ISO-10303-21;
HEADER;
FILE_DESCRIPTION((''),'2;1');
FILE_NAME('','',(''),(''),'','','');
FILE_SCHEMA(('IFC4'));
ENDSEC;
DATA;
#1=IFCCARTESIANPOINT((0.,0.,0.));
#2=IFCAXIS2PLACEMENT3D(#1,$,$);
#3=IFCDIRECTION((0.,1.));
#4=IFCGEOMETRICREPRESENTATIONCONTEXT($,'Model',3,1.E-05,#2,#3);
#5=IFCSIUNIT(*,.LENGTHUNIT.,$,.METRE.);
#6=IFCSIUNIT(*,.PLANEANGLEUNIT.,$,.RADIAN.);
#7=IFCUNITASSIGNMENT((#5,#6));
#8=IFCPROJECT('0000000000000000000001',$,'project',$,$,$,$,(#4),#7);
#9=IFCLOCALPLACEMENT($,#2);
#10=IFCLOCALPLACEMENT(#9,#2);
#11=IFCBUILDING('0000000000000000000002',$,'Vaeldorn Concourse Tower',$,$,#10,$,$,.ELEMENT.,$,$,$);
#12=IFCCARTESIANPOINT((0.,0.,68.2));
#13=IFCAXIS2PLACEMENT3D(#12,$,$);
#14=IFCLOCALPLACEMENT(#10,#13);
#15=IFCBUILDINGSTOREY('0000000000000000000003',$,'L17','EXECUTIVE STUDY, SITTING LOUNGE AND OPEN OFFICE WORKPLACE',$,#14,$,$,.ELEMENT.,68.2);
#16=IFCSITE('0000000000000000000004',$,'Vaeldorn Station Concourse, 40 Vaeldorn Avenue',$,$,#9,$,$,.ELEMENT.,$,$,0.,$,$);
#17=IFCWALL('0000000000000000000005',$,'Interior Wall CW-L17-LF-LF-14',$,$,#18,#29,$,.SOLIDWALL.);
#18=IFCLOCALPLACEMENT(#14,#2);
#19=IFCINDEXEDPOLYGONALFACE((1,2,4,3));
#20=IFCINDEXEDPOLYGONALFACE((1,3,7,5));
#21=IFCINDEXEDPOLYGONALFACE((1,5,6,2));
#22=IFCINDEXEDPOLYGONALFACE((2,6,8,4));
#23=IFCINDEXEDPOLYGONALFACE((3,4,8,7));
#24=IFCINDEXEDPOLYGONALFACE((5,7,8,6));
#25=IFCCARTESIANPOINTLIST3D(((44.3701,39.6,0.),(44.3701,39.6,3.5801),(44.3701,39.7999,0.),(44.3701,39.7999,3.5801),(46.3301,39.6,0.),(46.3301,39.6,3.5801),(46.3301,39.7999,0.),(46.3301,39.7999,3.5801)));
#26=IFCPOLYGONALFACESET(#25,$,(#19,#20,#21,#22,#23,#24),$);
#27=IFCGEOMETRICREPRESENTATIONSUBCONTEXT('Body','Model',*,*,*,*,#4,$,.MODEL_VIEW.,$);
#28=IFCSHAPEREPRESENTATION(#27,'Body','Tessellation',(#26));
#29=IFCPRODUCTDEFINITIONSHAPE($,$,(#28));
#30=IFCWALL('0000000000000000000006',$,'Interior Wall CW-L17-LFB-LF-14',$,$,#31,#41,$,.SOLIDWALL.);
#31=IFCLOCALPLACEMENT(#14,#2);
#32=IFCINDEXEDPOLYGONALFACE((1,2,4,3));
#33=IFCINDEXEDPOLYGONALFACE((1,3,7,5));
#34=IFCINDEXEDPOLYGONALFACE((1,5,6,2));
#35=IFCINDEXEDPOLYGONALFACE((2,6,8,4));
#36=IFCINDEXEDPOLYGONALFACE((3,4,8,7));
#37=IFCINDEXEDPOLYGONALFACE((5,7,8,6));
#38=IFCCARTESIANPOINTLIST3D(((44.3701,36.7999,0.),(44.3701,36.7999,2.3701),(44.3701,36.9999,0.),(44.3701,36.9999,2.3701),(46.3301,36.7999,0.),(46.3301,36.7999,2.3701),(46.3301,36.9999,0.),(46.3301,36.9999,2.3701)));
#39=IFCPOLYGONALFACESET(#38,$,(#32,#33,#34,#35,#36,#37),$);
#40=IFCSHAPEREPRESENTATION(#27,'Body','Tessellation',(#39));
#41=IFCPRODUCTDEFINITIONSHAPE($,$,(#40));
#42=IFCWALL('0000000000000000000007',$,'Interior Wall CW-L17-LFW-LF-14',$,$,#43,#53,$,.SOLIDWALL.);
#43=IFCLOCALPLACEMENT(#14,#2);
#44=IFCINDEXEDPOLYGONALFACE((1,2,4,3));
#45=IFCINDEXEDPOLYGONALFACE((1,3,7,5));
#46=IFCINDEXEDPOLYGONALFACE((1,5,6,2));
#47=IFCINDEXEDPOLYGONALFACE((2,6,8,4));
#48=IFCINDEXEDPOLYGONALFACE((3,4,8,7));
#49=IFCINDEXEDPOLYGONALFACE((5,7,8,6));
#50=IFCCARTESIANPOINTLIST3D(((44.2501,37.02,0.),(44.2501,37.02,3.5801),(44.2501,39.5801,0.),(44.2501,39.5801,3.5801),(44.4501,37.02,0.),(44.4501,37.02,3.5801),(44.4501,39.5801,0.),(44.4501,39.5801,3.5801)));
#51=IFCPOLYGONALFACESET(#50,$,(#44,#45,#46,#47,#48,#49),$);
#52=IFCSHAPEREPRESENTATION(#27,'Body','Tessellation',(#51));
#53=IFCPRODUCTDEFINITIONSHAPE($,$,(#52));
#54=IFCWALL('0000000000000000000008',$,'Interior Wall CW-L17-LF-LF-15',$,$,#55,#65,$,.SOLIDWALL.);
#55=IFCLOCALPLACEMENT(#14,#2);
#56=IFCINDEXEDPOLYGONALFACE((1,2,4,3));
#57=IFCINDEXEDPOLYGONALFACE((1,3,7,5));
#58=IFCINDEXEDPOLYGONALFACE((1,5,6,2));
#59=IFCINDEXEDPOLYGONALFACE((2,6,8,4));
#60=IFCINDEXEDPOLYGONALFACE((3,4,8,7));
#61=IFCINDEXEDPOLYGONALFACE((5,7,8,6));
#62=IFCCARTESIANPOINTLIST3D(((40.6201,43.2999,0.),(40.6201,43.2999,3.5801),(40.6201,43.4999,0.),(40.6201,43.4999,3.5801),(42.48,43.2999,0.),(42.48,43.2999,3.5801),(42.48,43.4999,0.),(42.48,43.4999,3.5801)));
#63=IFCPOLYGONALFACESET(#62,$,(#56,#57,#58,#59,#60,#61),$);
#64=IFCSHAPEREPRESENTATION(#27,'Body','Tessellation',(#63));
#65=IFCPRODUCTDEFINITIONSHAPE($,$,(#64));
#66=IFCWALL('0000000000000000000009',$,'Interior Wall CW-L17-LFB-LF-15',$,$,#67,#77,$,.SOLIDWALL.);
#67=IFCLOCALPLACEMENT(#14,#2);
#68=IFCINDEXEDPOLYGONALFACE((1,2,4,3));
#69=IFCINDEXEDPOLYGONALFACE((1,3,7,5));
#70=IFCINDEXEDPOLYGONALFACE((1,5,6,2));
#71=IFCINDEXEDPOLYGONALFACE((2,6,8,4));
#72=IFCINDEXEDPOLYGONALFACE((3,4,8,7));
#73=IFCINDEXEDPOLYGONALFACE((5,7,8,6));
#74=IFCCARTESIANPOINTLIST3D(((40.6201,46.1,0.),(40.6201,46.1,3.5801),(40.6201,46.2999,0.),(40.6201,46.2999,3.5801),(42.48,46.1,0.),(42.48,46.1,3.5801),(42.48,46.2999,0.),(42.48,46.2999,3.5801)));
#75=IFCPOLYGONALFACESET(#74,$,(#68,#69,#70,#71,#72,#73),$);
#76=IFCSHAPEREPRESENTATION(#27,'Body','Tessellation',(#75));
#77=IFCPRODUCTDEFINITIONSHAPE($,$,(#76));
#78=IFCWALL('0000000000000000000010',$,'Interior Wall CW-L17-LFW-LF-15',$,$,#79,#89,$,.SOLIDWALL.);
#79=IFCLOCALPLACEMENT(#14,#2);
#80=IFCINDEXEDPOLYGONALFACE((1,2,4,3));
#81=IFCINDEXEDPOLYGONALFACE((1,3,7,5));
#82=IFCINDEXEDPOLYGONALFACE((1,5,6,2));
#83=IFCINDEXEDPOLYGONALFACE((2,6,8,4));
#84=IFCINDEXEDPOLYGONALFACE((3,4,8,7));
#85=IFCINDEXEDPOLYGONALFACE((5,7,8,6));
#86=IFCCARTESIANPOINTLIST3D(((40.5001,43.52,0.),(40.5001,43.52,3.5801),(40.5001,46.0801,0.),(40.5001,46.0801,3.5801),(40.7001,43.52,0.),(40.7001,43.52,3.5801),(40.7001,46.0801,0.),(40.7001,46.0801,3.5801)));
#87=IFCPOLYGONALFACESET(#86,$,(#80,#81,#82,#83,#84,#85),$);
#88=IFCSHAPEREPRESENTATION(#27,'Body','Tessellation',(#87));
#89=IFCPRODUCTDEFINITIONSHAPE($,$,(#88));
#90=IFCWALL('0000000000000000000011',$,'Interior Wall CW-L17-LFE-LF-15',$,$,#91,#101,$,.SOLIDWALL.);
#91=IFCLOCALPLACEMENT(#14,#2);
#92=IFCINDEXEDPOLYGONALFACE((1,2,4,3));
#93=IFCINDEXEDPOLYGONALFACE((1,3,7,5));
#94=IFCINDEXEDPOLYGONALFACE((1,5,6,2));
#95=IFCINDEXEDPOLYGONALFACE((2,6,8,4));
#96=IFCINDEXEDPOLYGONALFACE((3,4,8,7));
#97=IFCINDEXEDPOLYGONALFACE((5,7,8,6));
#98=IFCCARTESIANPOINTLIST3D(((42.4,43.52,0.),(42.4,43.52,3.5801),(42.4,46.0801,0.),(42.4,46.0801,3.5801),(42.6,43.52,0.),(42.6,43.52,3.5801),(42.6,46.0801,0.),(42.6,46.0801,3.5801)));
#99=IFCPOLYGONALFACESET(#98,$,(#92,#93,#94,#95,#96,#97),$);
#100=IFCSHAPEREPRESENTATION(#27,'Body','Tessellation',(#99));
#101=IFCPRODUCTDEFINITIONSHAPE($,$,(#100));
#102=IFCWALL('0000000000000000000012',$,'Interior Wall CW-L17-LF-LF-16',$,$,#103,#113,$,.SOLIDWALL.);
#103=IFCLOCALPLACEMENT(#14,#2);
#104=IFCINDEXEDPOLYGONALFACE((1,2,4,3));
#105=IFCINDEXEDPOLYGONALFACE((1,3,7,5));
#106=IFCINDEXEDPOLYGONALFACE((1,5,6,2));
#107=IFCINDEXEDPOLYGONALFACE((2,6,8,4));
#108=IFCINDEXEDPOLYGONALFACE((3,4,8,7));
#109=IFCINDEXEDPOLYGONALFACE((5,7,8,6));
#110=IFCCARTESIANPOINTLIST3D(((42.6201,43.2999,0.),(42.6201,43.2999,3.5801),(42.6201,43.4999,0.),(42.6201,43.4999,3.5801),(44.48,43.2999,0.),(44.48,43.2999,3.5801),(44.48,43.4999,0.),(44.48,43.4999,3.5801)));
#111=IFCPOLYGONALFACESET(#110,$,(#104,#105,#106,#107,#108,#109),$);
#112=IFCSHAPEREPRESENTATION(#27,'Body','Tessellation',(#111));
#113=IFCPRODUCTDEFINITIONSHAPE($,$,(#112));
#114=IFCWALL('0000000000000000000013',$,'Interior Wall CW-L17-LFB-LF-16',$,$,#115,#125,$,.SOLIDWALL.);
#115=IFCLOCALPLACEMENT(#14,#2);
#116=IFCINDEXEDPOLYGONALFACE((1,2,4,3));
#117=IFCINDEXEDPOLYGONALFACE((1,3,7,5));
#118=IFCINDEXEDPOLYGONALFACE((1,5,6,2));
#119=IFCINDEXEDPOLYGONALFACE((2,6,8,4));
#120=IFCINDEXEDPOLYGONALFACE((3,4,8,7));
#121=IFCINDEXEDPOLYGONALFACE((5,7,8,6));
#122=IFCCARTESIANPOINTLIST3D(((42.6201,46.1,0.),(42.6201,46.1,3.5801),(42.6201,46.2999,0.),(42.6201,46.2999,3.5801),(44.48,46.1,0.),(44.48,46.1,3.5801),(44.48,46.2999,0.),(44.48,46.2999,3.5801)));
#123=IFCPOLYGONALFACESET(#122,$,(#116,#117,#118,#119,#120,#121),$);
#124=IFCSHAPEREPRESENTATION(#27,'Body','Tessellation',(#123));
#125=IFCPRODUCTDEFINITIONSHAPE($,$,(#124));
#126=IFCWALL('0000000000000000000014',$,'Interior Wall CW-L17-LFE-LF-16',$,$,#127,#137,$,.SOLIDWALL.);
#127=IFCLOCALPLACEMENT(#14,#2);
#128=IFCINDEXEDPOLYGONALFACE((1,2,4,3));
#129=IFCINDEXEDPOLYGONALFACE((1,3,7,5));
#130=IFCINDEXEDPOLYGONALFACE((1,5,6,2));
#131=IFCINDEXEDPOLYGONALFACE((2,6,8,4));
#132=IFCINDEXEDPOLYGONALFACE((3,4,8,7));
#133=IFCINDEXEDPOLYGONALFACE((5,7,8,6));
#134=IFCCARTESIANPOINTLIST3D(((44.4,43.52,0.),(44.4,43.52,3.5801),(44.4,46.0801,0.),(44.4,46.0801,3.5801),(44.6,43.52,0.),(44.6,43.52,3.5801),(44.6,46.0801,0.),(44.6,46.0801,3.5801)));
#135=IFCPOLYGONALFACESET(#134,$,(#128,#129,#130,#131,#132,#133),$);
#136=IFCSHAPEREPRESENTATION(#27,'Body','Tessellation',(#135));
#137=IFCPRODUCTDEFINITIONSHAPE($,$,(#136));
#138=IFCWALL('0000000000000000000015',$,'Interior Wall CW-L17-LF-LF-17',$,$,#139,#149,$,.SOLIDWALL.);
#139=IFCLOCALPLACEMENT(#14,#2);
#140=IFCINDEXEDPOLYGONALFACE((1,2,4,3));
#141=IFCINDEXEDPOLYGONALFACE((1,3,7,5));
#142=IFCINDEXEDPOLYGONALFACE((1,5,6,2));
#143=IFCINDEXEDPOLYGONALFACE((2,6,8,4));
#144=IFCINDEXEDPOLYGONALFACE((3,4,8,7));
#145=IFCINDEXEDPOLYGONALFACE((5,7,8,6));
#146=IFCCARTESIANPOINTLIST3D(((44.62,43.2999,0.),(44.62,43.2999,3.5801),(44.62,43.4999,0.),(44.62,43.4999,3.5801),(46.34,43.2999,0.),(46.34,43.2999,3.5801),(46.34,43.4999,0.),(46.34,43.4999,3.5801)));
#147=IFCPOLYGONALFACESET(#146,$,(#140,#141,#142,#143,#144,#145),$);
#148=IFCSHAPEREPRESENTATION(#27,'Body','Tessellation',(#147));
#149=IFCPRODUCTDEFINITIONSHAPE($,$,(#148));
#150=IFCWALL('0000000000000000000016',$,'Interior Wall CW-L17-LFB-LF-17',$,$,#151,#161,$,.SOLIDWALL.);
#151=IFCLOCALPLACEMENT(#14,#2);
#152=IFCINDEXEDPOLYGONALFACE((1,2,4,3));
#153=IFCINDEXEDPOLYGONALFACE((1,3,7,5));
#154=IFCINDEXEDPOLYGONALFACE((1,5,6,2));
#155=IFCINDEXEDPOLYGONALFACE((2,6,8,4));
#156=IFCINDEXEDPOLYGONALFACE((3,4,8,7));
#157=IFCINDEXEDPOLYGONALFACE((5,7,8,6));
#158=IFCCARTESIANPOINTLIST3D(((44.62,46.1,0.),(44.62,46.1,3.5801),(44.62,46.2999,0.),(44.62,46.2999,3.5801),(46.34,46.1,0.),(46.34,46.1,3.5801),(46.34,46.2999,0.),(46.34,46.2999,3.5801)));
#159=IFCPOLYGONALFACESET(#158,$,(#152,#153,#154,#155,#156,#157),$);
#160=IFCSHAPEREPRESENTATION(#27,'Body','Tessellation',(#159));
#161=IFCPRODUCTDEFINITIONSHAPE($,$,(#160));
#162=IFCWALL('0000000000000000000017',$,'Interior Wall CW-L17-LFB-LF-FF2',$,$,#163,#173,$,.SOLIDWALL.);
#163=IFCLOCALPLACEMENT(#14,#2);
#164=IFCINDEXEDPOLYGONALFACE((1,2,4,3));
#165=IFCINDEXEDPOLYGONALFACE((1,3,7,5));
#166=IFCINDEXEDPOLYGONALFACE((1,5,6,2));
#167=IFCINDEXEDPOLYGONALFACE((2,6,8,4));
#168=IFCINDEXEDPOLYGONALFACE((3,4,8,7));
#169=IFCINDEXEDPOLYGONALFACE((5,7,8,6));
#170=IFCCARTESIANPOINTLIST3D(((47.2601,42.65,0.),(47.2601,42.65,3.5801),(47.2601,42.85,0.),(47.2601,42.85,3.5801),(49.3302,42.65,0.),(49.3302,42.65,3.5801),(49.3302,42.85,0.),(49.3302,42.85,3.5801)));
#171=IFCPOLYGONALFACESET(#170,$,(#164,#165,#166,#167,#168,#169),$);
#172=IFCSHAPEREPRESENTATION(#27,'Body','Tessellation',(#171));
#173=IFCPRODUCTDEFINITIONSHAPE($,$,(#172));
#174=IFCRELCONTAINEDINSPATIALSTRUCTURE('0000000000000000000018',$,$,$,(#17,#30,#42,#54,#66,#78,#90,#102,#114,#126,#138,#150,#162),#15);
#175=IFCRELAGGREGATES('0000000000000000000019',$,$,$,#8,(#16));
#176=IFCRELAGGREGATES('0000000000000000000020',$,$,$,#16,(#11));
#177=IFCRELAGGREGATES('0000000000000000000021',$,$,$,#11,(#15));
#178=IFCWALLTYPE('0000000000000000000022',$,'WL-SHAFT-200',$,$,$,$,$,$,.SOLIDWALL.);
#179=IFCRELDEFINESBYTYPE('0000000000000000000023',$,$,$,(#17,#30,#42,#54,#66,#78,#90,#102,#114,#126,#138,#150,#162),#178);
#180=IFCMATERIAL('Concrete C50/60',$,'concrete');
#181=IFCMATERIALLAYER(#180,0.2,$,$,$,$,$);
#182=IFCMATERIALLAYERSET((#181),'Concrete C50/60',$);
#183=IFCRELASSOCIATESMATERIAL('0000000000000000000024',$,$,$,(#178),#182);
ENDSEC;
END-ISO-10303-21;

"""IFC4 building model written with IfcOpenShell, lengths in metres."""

from ifc_helpers import new_model, si_unit, direction, frame, frame_2d, origin, place, context, subcontext, project, spatial, rectangle, extrude, material, layer, layer_set, type_object, element, save


model = new_model("IFC4")

# Units and contexts
model_context = context("Model", 3, precision=1e-05, world=origin(), true_north=direction((0.0, 1.0)))
body_context = subcontext(model_context, "Body", "Model", "MODEL_VIEW")
ifc_project = project(units=[si_unit("LENGTHUNIT", "METRE"), si_unit("PLANEANGLEUNIT", "RADIAN")], contexts=[model_context])

# Site, building, storey
site_placement = place(None, origin())
site = spatial("IfcSite", under=ifc_project, at=site_placement, Name="Vaeldorn Station Concourse, 40 Vaeldorn Avenue", CompositionType="ELEMENT", RefElevation=0.0)
building_placement = place(site_placement, origin())
building = spatial("IfcBuilding", under=site, at=building_placement, Name="Vaeldorn Concourse Tower", CompositionType="ELEMENT")
storey_placement = place(building_placement, frame((0.0, 0.0, 68.2)))
storey = spatial("IfcBuildingStorey", under=building, at=storey_placement, Name="L17", Description="EXECUTIVE STUDY, SITTING LOUNGE AND OPEN OFFICE WORKPLACE", CompositionType="ELEMENT", Elevation=68.2)

# Shared definitions
ifc_material_1 = material(Name="Concrete C50/60", Category="concrete")
ifc_layer_1 = layer(ifc_material_1, 0.2)
ifc_layer_set_1 = layer_set([ifc_layer_1], Name="Concrete C50/60")
wall_type_1 = type_object("IfcWallType", Name="WL-SHAFT-200", PredefinedType="SOLIDWALL", material=ifc_layer_set_1)

# Walls
wall_1_placement = place(storey_placement, frame((44.3701, 39.7, 0.0), z_axis=(0.0, 0.0, 1.0), x_axis=(1.0, 0.0, 0.0)))
element("IfcWall", 1, at=wall_1_placement, inside=storey, type_object=wall_type_1, Name="Interior Wall CW-L17-LF-LF-14", PredefinedType="SOLIDWALL", context=body_context, shape_type="SweptSolid", body=[
    extrude(rectangle(XDim=1.96, YDim=0.2, at=frame_2d((0.98, 0.0))), origin(), (0.0, 0.0, 1.0), 3.5801),
])
wall_2_placement = place(storey_placement, frame((44.3701, 36.8999, 0.0), z_axis=(0.0, 0.0, 1.0), x_axis=(1.0, 0.0, 0.0)))
element("IfcWall", 2, at=wall_2_placement, inside=storey, type_object=wall_type_1, Name="Interior Wall CW-L17-LFB-LF-14", PredefinedType="SOLIDWALL", context=body_context, shape_type="SweptSolid", body=[
    extrude(rectangle(XDim=1.96, YDim=0.2, at=frame_2d((0.98, 0.0))), origin(), (0.0, 0.0, 1.0), 2.3701),
])
wall_3_placement = place(storey_placement, frame((44.3501, 37.02, 0.0), z_axis=(0.0, 0.0, 1.0), x_axis=(0.0, 1.0, 0.0)))
element("IfcWall", 3, at=wall_3_placement, inside=storey, type_object=wall_type_1, Name="Interior Wall CW-L17-LFW-LF-14", PredefinedType="SOLIDWALL", context=body_context, shape_type="SweptSolid", body=[
    extrude(rectangle(XDim=2.5601, YDim=0.2, at=frame_2d((1.28, 0.0))), origin(), (0.0, 0.0, 1.0), 3.5801),
])
for number, where, z_axis, x_axis, name in (
    (4, (40.6201, 43.3999, 0.0), (0.0, 0.0, 1.0), (1.0, 0.0, 0.0), "Interior Wall CW-L17-LF-LF-15"),
    (5, (40.6201, 46.2, 0.0), (0.0, 0.0, 1.0), (1.0, 0.0, 0.0), "Interior Wall CW-L17-LFB-LF-15"),
):
    element("IfcWall", number, at=place(storey_placement, frame(where, z_axis=z_axis, x_axis=x_axis)), inside=storey, type_object=wall_type_1, Name=name, PredefinedType="SOLIDWALL", context=body_context, shape_type="SweptSolid", body=[
        extrude(rectangle(XDim=1.8599, YDim=0.2, at=frame_2d((0.9299, 0.0))), origin(), (0.0, 0.0, 1.0), 3.5801),
    ])
for number, where, z_axis, x_axis, name in (
    (6, (40.6001, 43.52, 0.0), (0.0, 0.0, 1.0), (0.0, 1.0, 0.0), "Interior Wall CW-L17-LFW-LF-15"),
    (7, (42.5, 43.52, 0.0), (0.0, 0.0, 1.0), (0.0, 1.0, 0.0), "Interior Wall CW-L17-LFE-LF-15"),
):
    element("IfcWall", number, at=place(storey_placement, frame(where, z_axis=z_axis, x_axis=x_axis)), inside=storey, type_object=wall_type_1, Name=name, PredefinedType="SOLIDWALL", context=body_context, shape_type="SweptSolid", body=[
        extrude(rectangle(XDim=2.5601, YDim=0.2, at=frame_2d((1.28, 0.0))), origin(), (0.0, 0.0, 1.0), 3.5801),
    ])
for number, where, z_axis, x_axis, name in (
    (8, (42.6201, 43.3999, 0.0), (0.0, 0.0, 1.0), (1.0, 0.0, 0.0), "Interior Wall CW-L17-LF-LF-16"),
    (9, (42.6201, 46.2, 0.0), (0.0, 0.0, 1.0), (1.0, 0.0, 0.0), "Interior Wall CW-L17-LFB-LF-16"),
):
    element("IfcWall", number, at=place(storey_placement, frame(where, z_axis=z_axis, x_axis=x_axis)), inside=storey, type_object=wall_type_1, Name=name, PredefinedType="SOLIDWALL", context=body_context, shape_type="SweptSolid", body=[
        extrude(rectangle(XDim=1.8599, YDim=0.2, at=frame_2d((0.9299, 0.0))), origin(), (0.0, 0.0, 1.0), 3.5801),
    ])
wall_4_placement = place(storey_placement, frame((44.5, 43.52, 0.0), z_axis=(0.0, 0.0, 1.0), x_axis=(0.0, 1.0, 0.0)))
element("IfcWall", 10, at=wall_4_placement, inside=storey, type_object=wall_type_1, Name="Interior Wall CW-L17-LFE-LF-16", PredefinedType="SOLIDWALL", context=body_context, shape_type="SweptSolid", body=[
    extrude(rectangle(XDim=2.5601, YDim=0.2, at=frame_2d((1.28, 0.0))), origin(), (0.0, 0.0, 1.0), 3.5801),
])
for number, where, z_axis, x_axis, name in (
    (11, (44.6201, 43.3999, 0.0), (0.0, 0.0, 1.0), (1.0, 0.0, 0.0), "Interior Wall CW-L17-LF-LF-17"),
    (12, (44.6201, 46.2, 0.0), (0.0, 0.0, 1.0), (1.0, 0.0, 0.0), "Interior Wall CW-L17-LFB-LF-17"),
):
    element("IfcWall", number, at=place(storey_placement, frame(where, z_axis=z_axis, x_axis=x_axis)), inside=storey, type_object=wall_type_1, Name=name, PredefinedType="SOLIDWALL", context=body_context, shape_type="SweptSolid", body=[
        extrude(rectangle(XDim=1.72, YDim=0.2, at=frame_2d((0.8599, 0.0))), origin(), (0.0, 0.0, 1.0), 3.5801),
    ])

# Wall
wall_5_placement = place(storey_placement, frame((47.26, 42.75, 0.0), z_axis=(0.0, 0.0, 1.0), x_axis=(1.0, 0.0, 0.0)))
element("IfcWall", 13, at=wall_5_placement, inside=storey, type_object=wall_type_1, Name="Interior Wall CW-L17-LFB-LF-FF2", PredefinedType="SOLIDWALL", context=body_context, shape_type="SweptSolid", body=[
    extrude(rectangle(XDim=2.0701, YDim=0.2, at=frame_2d((1.0352, 0.0))), origin(), (0.0, 0.0, 1.0), 3.5801),
])

save(model, "model.ifc")
